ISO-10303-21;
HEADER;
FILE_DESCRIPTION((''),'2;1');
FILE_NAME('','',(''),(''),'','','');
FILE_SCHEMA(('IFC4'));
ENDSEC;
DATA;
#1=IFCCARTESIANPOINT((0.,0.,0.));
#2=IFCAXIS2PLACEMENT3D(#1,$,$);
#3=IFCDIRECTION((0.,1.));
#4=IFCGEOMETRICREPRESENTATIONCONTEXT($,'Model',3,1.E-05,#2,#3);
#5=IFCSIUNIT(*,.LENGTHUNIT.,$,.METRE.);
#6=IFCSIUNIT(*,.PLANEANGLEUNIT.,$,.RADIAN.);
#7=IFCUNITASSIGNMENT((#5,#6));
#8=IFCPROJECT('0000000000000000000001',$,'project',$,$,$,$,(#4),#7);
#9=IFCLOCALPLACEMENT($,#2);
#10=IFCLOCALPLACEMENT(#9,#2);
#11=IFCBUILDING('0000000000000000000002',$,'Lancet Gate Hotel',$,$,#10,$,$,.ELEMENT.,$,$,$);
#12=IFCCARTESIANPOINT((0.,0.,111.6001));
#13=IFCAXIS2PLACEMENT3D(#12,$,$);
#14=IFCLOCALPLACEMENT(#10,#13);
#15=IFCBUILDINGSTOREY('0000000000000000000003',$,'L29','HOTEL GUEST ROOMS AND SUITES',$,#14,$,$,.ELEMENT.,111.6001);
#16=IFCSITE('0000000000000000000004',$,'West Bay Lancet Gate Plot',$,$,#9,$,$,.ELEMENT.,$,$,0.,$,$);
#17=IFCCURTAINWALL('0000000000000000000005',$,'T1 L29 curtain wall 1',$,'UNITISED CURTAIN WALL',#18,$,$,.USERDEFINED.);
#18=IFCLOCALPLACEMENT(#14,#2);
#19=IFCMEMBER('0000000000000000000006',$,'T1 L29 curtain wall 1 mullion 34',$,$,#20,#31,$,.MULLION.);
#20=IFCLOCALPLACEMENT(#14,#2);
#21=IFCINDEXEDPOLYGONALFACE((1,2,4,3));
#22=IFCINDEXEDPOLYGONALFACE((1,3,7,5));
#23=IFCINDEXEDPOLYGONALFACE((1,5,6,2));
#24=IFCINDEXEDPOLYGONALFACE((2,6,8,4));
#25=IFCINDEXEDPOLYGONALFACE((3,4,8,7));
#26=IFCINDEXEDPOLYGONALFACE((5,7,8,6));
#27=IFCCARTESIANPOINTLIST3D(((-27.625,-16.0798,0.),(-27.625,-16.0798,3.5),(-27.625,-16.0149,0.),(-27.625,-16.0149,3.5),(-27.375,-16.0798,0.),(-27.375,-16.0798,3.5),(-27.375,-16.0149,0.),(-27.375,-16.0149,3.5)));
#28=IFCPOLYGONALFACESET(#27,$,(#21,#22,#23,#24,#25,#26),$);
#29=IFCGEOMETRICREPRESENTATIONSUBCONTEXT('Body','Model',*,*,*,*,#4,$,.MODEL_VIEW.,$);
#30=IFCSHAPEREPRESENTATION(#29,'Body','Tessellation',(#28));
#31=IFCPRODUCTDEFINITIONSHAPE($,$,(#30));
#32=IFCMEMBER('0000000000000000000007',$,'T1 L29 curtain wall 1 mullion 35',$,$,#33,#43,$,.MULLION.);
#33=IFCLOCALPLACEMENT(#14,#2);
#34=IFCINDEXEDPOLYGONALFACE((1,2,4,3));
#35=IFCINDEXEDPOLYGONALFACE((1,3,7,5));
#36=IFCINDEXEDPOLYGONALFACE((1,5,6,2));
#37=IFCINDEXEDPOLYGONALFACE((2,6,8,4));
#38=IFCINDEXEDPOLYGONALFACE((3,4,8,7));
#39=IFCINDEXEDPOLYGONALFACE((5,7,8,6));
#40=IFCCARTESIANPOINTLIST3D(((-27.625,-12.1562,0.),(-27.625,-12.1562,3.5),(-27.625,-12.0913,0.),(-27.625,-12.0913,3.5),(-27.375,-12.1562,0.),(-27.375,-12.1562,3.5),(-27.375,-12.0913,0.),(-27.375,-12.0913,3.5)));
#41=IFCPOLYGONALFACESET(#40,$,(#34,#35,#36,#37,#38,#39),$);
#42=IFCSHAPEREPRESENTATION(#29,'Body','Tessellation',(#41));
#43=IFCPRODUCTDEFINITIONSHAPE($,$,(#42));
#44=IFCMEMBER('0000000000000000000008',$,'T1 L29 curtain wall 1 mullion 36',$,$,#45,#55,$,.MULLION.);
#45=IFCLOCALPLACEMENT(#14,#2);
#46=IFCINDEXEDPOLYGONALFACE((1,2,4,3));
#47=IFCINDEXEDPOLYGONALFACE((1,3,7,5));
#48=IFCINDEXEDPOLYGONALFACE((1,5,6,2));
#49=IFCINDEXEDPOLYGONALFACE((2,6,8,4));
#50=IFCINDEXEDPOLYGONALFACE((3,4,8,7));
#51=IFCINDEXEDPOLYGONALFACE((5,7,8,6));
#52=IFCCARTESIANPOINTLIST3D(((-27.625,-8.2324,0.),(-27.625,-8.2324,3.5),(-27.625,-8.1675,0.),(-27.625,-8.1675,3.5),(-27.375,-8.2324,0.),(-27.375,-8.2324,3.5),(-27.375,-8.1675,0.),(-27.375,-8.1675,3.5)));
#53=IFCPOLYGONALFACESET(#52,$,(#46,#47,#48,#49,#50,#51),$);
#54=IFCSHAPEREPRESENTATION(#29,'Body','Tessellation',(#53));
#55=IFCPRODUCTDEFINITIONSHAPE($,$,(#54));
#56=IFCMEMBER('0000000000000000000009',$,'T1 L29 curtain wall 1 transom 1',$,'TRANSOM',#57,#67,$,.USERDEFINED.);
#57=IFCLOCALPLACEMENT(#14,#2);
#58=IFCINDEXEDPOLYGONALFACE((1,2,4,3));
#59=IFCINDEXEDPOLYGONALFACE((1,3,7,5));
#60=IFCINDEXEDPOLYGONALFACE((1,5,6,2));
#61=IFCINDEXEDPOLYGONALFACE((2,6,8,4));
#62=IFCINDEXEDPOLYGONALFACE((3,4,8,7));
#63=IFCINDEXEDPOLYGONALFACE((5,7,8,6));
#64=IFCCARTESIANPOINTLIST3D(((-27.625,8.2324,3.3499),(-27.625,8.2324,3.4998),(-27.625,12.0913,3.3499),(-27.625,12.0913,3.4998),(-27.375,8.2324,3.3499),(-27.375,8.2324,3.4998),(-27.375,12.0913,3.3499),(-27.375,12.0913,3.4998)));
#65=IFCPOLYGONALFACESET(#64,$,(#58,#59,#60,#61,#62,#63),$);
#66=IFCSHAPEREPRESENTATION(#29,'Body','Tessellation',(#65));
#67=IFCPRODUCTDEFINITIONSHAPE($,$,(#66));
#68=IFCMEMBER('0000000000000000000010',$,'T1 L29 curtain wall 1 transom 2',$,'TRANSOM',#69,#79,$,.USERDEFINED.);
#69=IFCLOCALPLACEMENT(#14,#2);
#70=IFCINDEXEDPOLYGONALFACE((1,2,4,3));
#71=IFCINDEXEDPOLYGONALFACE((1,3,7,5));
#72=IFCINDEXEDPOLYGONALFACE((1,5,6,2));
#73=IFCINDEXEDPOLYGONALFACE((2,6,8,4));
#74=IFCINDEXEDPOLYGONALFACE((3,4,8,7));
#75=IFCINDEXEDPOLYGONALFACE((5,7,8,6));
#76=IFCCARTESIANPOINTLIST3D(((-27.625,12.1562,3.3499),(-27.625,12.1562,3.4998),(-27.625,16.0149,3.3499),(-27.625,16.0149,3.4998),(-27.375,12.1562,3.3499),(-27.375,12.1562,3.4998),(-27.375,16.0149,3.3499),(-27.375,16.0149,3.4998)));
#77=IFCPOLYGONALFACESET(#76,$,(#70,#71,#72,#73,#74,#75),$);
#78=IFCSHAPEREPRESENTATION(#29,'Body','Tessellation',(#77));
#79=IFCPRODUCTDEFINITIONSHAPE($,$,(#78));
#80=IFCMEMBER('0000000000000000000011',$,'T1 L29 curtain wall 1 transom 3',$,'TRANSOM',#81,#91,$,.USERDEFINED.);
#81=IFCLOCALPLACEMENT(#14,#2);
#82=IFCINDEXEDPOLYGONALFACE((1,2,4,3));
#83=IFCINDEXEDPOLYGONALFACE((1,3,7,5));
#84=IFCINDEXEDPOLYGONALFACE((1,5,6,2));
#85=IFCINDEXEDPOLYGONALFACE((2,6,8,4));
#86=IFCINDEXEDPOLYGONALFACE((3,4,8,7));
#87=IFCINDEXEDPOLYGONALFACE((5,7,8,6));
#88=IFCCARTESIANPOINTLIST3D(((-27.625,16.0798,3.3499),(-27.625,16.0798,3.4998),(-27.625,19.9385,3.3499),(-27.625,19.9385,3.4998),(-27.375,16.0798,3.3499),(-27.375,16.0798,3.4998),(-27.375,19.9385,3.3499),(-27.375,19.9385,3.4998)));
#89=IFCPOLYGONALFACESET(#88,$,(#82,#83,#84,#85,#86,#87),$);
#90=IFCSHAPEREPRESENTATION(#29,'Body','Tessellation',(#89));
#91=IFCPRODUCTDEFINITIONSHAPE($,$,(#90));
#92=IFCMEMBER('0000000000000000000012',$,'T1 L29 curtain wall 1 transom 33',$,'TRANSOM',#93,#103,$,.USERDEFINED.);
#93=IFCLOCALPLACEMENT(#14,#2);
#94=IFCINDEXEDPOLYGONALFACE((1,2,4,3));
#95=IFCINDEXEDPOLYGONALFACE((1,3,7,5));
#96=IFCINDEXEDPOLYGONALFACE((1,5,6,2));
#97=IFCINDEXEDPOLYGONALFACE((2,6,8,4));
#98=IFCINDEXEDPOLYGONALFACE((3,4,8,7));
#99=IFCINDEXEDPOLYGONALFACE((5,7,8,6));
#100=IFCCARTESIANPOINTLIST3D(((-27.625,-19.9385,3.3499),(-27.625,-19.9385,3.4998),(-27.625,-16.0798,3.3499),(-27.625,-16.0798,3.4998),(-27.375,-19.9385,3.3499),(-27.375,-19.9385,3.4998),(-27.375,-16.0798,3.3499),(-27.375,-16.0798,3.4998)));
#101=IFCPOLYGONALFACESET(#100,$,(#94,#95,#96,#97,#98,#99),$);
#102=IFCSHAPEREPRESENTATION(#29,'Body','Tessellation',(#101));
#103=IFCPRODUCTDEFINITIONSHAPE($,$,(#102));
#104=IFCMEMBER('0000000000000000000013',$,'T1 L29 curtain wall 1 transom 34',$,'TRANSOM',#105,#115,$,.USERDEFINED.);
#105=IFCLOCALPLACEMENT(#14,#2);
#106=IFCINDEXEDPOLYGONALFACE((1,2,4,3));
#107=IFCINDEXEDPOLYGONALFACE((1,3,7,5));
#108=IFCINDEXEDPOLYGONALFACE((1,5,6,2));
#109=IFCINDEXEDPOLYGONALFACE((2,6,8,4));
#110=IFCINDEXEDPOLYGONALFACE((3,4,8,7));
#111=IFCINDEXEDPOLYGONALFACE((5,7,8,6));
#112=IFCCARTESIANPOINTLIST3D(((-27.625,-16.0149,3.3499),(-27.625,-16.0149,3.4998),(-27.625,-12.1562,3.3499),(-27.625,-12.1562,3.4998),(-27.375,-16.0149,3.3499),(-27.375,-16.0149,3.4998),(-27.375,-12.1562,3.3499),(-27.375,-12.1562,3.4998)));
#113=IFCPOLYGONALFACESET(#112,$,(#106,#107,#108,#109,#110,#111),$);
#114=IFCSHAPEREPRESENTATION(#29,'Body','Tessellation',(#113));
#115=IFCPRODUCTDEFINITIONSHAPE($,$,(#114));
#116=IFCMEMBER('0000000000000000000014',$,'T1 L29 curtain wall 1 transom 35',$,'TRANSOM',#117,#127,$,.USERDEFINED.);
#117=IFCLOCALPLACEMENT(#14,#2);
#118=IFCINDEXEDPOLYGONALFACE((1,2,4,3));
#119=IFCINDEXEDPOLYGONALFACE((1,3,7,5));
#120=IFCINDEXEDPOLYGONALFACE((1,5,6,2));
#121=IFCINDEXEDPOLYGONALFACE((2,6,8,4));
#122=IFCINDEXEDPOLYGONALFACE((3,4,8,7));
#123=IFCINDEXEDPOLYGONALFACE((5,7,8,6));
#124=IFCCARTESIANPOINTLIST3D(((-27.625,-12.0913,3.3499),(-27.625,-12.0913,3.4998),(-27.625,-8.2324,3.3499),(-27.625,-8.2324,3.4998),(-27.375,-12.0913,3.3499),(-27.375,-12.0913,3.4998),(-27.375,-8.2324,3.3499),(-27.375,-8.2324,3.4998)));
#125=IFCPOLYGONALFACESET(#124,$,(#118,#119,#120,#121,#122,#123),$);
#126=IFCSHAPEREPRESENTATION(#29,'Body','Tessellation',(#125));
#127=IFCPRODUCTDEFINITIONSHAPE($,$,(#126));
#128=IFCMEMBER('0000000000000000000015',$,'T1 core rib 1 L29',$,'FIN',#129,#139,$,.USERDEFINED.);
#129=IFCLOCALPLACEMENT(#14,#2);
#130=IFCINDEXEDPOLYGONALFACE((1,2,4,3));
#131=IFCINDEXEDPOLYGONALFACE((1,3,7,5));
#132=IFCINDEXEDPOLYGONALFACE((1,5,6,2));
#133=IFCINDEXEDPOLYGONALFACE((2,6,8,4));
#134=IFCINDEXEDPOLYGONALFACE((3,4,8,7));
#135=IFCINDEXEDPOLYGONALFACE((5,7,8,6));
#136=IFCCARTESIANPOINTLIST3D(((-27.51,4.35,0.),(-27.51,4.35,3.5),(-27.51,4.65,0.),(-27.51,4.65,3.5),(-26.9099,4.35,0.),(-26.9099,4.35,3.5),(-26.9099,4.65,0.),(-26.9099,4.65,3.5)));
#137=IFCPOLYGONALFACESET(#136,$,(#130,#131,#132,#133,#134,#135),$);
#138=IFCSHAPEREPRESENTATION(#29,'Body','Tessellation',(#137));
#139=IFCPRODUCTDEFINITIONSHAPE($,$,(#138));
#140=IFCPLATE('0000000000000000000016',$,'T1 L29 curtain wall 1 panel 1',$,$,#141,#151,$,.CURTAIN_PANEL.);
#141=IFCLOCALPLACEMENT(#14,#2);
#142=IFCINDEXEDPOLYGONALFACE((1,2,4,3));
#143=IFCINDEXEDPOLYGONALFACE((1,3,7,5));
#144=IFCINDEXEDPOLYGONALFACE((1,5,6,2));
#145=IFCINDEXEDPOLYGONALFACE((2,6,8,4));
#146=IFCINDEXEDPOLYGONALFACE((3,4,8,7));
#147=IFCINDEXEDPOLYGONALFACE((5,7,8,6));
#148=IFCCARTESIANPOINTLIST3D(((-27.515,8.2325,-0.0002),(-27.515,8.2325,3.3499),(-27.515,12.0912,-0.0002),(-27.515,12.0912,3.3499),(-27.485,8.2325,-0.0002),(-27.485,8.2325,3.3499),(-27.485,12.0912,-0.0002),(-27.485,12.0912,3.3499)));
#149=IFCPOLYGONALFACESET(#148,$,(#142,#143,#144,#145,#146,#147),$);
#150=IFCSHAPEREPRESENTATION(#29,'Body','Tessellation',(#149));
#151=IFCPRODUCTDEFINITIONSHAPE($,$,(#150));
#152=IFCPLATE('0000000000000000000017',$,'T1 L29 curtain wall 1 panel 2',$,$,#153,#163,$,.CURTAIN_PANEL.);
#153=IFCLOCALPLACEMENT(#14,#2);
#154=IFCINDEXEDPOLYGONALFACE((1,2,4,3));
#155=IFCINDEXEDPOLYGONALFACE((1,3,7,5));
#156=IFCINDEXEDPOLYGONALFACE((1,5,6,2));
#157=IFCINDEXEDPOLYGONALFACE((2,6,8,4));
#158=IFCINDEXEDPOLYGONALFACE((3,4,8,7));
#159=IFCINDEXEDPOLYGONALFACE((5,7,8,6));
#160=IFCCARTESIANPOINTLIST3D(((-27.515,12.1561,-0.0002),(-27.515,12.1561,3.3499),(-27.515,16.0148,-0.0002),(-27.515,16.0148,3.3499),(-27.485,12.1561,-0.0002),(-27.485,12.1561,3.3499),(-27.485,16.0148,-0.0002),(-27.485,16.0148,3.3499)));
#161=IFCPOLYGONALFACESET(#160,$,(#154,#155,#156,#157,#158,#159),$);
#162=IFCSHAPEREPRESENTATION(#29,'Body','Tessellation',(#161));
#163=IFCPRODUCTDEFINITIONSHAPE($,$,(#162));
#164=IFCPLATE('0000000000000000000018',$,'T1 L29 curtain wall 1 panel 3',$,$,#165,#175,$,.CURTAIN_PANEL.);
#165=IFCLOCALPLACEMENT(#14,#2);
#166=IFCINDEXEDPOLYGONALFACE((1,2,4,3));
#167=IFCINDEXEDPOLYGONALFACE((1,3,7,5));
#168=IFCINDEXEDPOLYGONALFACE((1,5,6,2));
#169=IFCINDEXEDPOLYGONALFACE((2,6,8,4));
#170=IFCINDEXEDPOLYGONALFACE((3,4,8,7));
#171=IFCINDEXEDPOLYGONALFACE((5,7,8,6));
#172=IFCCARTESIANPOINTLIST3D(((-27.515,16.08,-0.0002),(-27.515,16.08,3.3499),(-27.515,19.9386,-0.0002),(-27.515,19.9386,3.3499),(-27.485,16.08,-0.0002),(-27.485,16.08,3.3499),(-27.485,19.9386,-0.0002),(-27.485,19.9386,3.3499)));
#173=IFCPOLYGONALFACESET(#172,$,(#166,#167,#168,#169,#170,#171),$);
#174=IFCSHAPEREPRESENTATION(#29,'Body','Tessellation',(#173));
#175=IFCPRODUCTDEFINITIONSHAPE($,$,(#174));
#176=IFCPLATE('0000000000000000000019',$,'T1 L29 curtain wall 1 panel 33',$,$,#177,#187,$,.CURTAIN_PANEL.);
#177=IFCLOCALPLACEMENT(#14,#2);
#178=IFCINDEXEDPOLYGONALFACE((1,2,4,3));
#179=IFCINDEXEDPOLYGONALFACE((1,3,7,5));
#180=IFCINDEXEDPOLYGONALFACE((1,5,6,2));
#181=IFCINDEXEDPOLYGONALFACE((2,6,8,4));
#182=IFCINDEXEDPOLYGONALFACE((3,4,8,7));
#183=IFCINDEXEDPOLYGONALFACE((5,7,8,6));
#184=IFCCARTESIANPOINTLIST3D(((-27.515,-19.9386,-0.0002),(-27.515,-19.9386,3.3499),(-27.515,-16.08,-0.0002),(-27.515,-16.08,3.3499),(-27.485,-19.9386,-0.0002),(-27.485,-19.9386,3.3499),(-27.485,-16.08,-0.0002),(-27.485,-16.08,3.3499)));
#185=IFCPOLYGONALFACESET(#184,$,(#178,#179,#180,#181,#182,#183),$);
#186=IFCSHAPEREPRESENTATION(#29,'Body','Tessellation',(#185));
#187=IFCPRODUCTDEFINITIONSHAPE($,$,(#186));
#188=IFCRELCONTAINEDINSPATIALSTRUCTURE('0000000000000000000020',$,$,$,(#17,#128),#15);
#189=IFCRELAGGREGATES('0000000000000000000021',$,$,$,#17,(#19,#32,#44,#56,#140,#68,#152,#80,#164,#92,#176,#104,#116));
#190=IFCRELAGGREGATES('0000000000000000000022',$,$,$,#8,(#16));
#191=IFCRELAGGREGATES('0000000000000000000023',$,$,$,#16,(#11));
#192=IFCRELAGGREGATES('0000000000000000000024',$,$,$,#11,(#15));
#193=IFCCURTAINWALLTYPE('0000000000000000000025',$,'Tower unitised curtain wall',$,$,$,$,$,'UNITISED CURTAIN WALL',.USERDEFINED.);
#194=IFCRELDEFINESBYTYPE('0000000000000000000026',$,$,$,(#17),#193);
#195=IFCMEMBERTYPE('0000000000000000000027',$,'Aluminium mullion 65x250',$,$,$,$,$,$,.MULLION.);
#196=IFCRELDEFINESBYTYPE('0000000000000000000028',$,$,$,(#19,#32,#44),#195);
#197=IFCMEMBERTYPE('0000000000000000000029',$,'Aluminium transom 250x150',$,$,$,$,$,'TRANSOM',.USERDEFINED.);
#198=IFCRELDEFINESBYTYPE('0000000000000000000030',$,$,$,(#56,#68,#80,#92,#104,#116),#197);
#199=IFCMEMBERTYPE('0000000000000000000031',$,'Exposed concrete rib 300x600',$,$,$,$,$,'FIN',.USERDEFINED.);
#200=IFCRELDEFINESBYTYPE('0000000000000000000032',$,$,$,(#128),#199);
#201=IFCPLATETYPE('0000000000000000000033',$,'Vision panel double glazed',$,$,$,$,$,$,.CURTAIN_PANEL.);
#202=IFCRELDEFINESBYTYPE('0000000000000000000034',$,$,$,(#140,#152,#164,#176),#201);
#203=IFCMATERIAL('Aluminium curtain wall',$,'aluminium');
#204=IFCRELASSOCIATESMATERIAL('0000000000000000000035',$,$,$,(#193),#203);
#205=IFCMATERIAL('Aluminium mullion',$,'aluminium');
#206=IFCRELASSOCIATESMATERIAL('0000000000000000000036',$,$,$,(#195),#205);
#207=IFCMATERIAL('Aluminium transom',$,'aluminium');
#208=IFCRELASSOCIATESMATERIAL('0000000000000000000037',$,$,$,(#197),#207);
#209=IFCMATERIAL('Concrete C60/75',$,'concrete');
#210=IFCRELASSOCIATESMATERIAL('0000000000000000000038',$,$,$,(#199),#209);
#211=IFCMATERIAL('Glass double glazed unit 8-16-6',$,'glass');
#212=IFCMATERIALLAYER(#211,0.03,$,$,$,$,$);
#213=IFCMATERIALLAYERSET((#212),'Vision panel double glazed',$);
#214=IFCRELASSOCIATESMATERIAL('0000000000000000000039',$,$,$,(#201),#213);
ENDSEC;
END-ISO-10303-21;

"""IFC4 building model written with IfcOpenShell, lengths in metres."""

from ifc_helpers import new_model, si_unit, direction, frame, origin, origin_2d, place, context, subcontext, project, spatial, rectangle, extrude, material, layer, layer_set, material_profile, profile_set, type_object, element, aggregate, save


model = new_model("IFC4")

# Units and contexts
model_context = context("Model", 3, precision=1e-05, world=origin(), true_north=direction((0.0, 1.0)))
body_context = subcontext(model_context, "Body", "Model", "MODEL_VIEW")
ifc_project = project(units=[si_unit("LENGTHUNIT", "METRE"), si_unit("PLANEANGLEUNIT", "RADIAN")], contexts=[model_context])

# Site, building, storey
site_placement = place(None, origin())
site = spatial("IfcSite", under=ifc_project, at=site_placement, Name="West Bay Lancet Gate Plot", CompositionType="ELEMENT", RefElevation=0.0)
building_placement = place(site_placement, origin())
building = spatial("IfcBuilding", under=site, at=building_placement, Name="Lancet Gate Hotel", CompositionType="ELEMENT")
storey_placement = place(building_placement, frame((0.0, 0.0, 111.6001)))
storey = spatial("IfcBuildingStorey", under=building, at=storey_placement, Name="L29", Description="HOTEL GUEST ROOMS AND SUITES", CompositionType="ELEMENT", Elevation=111.6001)

# Curtain wall, members
ifc_material_1 = material(Name="Aluminium curtain wall", Category="aluminium")
curtain_wall_type = type_object("IfcCurtainWallType", Name="Tower unitised curtain wall", ElementType="UNITISED CURTAIN WALL", PredefinedType="USERDEFINED", material=ifc_material_1)
curtain_wall_placement = place(storey_placement, origin())
curtain_wall = element("IfcCurtainWall", 1, at=curtain_wall_placement, inside=storey, type_object=curtain_wall_type, Name="T1 L29 curtain wall 1", ObjectType="UNITISED CURTAIN WALL", PredefinedType="USERDEFINED")
ifc_material_2 = material(Name="Aluminium mullion", Category="aluminium")
ifc_material_profile_1 = material_profile(ifc_material_2, rectangle(XDim=0.0649, YDim=0.25, at=origin_2d()), Name="MULLION 65x250")
ifc_profile_set_1 = profile_set([ifc_material_profile_1], Name="Aluminium mullion")
member_type_1 = type_object("IfcMemberType", Name="Aluminium mullion 65x250", PredefinedType="MULLION", material=ifc_profile_set_1)
member_1_placement = place(storey_placement, frame((-27.5, -16.0474, 0.0), z_axis=(0.0, 0.0, 1.0), x_axis=(0.0, 1.0, 0.0)))
member_1 = element("IfcMember", 2, at=member_1_placement, type_object=member_type_1, Name="T1 L29 curtain wall 1 mullion 34", PredefinedType="MULLION", context=body_context, shape_type="SweptSolid", body=[
    extrude(rectangle(XDim=0.0649, YDim=0.25, at=origin_2d()), origin(), (0.0, 0.0, 1.0), 3.5),
])
member_2_placement = place(storey_placement, frame((-27.5, -12.1238, 0.0), z_axis=(0.0, 0.0, 1.0), x_axis=(0.0, 1.0, 0.0)))
member_2 = element("IfcMember", 3, at=member_2_placement, type_object=member_type_1, Name="T1 L29 curtain wall 1 mullion 35", PredefinedType="MULLION", context=body_context, shape_type="SweptSolid", body=[
    extrude(rectangle(XDim=0.0649, YDim=0.25, at=origin_2d()), origin(), (0.0, 0.0, 1.0), 3.5),
])
member_3_placement = place(storey_placement, frame((-27.5, -8.2, 0.0), z_axis=(0.0, 0.0, 1.0), x_axis=(0.0, 1.0, 0.0)))
member_3 = element("IfcMember", 4, at=member_3_placement, type_object=member_type_1, Name="T1 L29 curtain wall 1 mullion 36", PredefinedType="MULLION", context=body_context, shape_type="SweptSolid", body=[
    extrude(rectangle(XDim=0.0649, YDim=0.25, at=origin_2d()), origin(), (0.0, 0.0, 1.0), 3.5),
])
ifc_material_3 = material(Name="Aluminium transom", Category="aluminium")
ifc_material_profile_2 = material_profile(ifc_material_3, rectangle(XDim=0.25, YDim=0.1499, at=origin_2d()), Name="TRANSOM 250x150")
ifc_profile_set_2 = profile_set([ifc_material_profile_2], Name="Aluminium transom")
member_type_2 = type_object("IfcMemberType", Name="Aluminium transom 250x150", ElementType="TRANSOM", PredefinedType="USERDEFINED", material=ifc_profile_set_2)
member_4_placement = place(storey_placement, frame((-27.5, 8.2324, 3.4248), z_axis=(0.0, 1.0, 0.0), x_axis=(-1.0, 0.0, 0.0)))
member_4 = element("IfcMember", 5, at=member_4_placement, type_object=member_type_2, Name="T1 L29 curtain wall 1 transom 1", ObjectType="TRANSOM", PredefinedType="USERDEFINED", context=body_context, shape_type="SweptSolid", body=[
    extrude(rectangle(XDim=0.25, YDim=0.1499, at=origin_2d()), origin(), (0.0, 0.0, 1.0), 3.8589),
])
member_5_placement = place(storey_placement, frame((-27.5, 12.1562, 3.4248), z_axis=(0.0, 1.0, 0.0), x_axis=(-1.0, 0.0, 0.0)))
member_5 = element("IfcMember", 6, at=member_5_placement, type_object=member_type_2, Name="T1 L29 curtain wall 1 transom 2", ObjectType="TRANSOM", PredefinedType="USERDEFINED", context=body_context, shape_type="SweptSolid", body=[
    extrude(rectangle(XDim=0.25, YDim=0.1499, at=origin_2d()), origin(), (0.0, 0.0, 1.0), 3.8586),
])
member_6_placement = place(storey_placement, frame((-27.5, 16.0798, 3.4248), z_axis=(0.0, 1.0, 0.0), x_axis=(-1.0, 0.0, 0.0)))
member_6 = element("IfcMember", 7, at=member_6_placement, type_object=member_type_2, Name="T1 L29 curtain wall 1 transom 3", ObjectType="TRANSOM", PredefinedType="USERDEFINED", context=body_context, shape_type="SweptSolid", body=[
    extrude(rectangle(XDim=0.25, YDim=0.1499, at=origin_2d()), origin(), (0.0, 0.0, 1.0), 3.8586),
])
member_7_placement = place(storey_placement, frame((-27.5, -19.9385, 3.4248), z_axis=(0.0, 1.0, 0.0), x_axis=(-1.0, 0.0, 0.0)))
member_7 = element("IfcMember", 8, at=member_7_placement, type_object=member_type_2, Name="T1 L29 curtain wall 1 transom 33", ObjectType="TRANSOM", PredefinedType="USERDEFINED", context=body_context, shape_type="SweptSolid", body=[
    extrude(rectangle(XDim=0.25, YDim=0.1499, at=origin_2d()), origin(), (0.0, 0.0, 1.0), 3.8586),
])
member_8_placement = place(storey_placement, frame((-27.5, -16.0149, 3.4248), z_axis=(0.0, 1.0, 0.0), x_axis=(-1.0, 0.0, 0.0)))
member_8 = element("IfcMember", 9, at=member_8_placement, type_object=member_type_2, Name="T1 L29 curtain wall 1 transom 34", ObjectType="TRANSOM", PredefinedType="USERDEFINED", context=body_context, shape_type="SweptSolid", body=[
    extrude(rectangle(XDim=0.25, YDim=0.1499, at=origin_2d()), origin(), (0.0, 0.0, 1.0), 3.8586),
])
member_9_placement = place(storey_placement, frame((-27.5, -12.0913, 3.4248), z_axis=(0.0, 1.0, 0.0), x_axis=(-1.0, 0.0, 0.0)))
member_9 = element("IfcMember", 10, at=member_9_placement, type_object=member_type_2, Name="T1 L29 curtain wall 1 transom 35", ObjectType="TRANSOM", PredefinedType="USERDEFINED", context=body_context, shape_type="SweptSolid", body=[
    extrude(rectangle(XDim=0.25, YDim=0.1499, at=origin_2d()), origin(), (0.0, 0.0, 1.0), 3.8589),
])

# Member
ifc_material_4 = material(Name="Concrete C60/75", Category="concrete")
ifc_material_profile_3 = material_profile(ifc_material_4, rectangle(XDim=0.3, YDim=0.6001, at=origin_2d()), Name="FIN 300x600")
ifc_profile_set_3 = profile_set([ifc_material_profile_3], Name="Concrete C60/75")
member_type_3 = type_object("IfcMemberType", Name="Exposed concrete rib 300x600", ElementType="FIN", PredefinedType="USERDEFINED", material=ifc_profile_set_3)
member_10_placement = place(storey_placement, frame((-27.21, 4.5, 0.0), z_axis=(0.0, 0.0, 1.0), x_axis=(0.0, 1.0, 0.0)))
element("IfcMember", 11, at=member_10_placement, inside=storey, type_object=member_type_3, Name="T1 core rib 1 L29", ObjectType="FIN", PredefinedType="USERDEFINED", context=body_context, shape_type="SweptSolid", body=[
    extrude(rectangle(XDim=0.3, YDim=0.6001, at=origin_2d()), origin(), (0.0, 0.0, 1.0), 3.5),
])

# Plates
ifc_material_5 = material(Name="Glass double glazed unit 8-16-6", Category="glass")
ifc_layer = layer(ifc_material_5, 0.03)
ifc_layer_set = layer_set([ifc_layer], Name="Vision panel double glazed")
plate_type = type_object("IfcPlateType", Name="Vision panel double glazed", PredefinedType="CURTAIN_PANEL", material=ifc_layer_set)
plate_1_placement = place(storey_placement, frame((-27.5, 10.1619, -0.0002), z_axis=(0.0, 0.0, 1.0), x_axis=(0.0, 1.0, 0.0)))
plate_1 = element("IfcPlate", 12, at=plate_1_placement, type_object=plate_type, Name="T1 L29 curtain wall 1 panel 1", PredefinedType="CURTAIN_PANEL", context=body_context, shape_type="SweptSolid", body=[
    extrude(rectangle(XDim=3.8586, YDim=0.03, at=origin_2d()), origin(), (0.0, 0.0, 1.0), 3.3501),
])
plate_2_placement = place(storey_placement, frame((-27.5, 14.0854, -0.0002), z_axis=(0.0, 0.0, 1.0), x_axis=(0.0, 1.0, 0.0)))
plate_2 = element("IfcPlate", 13, at=plate_2_placement, type_object=plate_type, Name="T1 L29 curtain wall 1 panel 2", PredefinedType="CURTAIN_PANEL", context=body_context, shape_type="SweptSolid", body=[
    extrude(rectangle(XDim=3.8586, YDim=0.03, at=origin_2d()), origin(), (0.0, 0.0, 1.0), 3.3501),
])
plate_3_placement = place(storey_placement, frame((-27.5, 18.0093, -0.0002), z_axis=(0.0, 0.0, 1.0), x_axis=(0.0, 1.0, 0.0)))
plate_3 = element("IfcPlate", 14, at=plate_3_placement, type_object=plate_type, Name="T1 L29 curtain wall 1 panel 3", PredefinedType="CURTAIN_PANEL", context=body_context, shape_type="SweptSolid", body=[
    extrude(rectangle(XDim=3.8586, YDim=0.03, at=origin_2d()), origin(), (0.0, 0.0, 1.0), 3.3501),
])
plate_4_placement = place(storey_placement, frame((-27.5, -18.0093, -0.0002), z_axis=(0.0, 0.0, 1.0), x_axis=(0.0, 1.0, 0.0)))
plate_4 = element("IfcPlate", 15, at=plate_4_placement, type_object=plate_type, Name="T1 L29 curtain wall 1 panel 33", PredefinedType="CURTAIN_PANEL", context=body_context, shape_type="SweptSolid", body=[
    extrude(rectangle(XDim=3.8586, YDim=0.03, at=origin_2d()), origin(), (0.0, 0.0, 1.0), 3.3501),
])
aggregate(curtain_wall, [member_1, member_2, member_3, member_4, plate_1, member_5, plate_2, member_6, plate_3, member_7, plate_4, member_8, member_9])

save(model, "model.ifc")
